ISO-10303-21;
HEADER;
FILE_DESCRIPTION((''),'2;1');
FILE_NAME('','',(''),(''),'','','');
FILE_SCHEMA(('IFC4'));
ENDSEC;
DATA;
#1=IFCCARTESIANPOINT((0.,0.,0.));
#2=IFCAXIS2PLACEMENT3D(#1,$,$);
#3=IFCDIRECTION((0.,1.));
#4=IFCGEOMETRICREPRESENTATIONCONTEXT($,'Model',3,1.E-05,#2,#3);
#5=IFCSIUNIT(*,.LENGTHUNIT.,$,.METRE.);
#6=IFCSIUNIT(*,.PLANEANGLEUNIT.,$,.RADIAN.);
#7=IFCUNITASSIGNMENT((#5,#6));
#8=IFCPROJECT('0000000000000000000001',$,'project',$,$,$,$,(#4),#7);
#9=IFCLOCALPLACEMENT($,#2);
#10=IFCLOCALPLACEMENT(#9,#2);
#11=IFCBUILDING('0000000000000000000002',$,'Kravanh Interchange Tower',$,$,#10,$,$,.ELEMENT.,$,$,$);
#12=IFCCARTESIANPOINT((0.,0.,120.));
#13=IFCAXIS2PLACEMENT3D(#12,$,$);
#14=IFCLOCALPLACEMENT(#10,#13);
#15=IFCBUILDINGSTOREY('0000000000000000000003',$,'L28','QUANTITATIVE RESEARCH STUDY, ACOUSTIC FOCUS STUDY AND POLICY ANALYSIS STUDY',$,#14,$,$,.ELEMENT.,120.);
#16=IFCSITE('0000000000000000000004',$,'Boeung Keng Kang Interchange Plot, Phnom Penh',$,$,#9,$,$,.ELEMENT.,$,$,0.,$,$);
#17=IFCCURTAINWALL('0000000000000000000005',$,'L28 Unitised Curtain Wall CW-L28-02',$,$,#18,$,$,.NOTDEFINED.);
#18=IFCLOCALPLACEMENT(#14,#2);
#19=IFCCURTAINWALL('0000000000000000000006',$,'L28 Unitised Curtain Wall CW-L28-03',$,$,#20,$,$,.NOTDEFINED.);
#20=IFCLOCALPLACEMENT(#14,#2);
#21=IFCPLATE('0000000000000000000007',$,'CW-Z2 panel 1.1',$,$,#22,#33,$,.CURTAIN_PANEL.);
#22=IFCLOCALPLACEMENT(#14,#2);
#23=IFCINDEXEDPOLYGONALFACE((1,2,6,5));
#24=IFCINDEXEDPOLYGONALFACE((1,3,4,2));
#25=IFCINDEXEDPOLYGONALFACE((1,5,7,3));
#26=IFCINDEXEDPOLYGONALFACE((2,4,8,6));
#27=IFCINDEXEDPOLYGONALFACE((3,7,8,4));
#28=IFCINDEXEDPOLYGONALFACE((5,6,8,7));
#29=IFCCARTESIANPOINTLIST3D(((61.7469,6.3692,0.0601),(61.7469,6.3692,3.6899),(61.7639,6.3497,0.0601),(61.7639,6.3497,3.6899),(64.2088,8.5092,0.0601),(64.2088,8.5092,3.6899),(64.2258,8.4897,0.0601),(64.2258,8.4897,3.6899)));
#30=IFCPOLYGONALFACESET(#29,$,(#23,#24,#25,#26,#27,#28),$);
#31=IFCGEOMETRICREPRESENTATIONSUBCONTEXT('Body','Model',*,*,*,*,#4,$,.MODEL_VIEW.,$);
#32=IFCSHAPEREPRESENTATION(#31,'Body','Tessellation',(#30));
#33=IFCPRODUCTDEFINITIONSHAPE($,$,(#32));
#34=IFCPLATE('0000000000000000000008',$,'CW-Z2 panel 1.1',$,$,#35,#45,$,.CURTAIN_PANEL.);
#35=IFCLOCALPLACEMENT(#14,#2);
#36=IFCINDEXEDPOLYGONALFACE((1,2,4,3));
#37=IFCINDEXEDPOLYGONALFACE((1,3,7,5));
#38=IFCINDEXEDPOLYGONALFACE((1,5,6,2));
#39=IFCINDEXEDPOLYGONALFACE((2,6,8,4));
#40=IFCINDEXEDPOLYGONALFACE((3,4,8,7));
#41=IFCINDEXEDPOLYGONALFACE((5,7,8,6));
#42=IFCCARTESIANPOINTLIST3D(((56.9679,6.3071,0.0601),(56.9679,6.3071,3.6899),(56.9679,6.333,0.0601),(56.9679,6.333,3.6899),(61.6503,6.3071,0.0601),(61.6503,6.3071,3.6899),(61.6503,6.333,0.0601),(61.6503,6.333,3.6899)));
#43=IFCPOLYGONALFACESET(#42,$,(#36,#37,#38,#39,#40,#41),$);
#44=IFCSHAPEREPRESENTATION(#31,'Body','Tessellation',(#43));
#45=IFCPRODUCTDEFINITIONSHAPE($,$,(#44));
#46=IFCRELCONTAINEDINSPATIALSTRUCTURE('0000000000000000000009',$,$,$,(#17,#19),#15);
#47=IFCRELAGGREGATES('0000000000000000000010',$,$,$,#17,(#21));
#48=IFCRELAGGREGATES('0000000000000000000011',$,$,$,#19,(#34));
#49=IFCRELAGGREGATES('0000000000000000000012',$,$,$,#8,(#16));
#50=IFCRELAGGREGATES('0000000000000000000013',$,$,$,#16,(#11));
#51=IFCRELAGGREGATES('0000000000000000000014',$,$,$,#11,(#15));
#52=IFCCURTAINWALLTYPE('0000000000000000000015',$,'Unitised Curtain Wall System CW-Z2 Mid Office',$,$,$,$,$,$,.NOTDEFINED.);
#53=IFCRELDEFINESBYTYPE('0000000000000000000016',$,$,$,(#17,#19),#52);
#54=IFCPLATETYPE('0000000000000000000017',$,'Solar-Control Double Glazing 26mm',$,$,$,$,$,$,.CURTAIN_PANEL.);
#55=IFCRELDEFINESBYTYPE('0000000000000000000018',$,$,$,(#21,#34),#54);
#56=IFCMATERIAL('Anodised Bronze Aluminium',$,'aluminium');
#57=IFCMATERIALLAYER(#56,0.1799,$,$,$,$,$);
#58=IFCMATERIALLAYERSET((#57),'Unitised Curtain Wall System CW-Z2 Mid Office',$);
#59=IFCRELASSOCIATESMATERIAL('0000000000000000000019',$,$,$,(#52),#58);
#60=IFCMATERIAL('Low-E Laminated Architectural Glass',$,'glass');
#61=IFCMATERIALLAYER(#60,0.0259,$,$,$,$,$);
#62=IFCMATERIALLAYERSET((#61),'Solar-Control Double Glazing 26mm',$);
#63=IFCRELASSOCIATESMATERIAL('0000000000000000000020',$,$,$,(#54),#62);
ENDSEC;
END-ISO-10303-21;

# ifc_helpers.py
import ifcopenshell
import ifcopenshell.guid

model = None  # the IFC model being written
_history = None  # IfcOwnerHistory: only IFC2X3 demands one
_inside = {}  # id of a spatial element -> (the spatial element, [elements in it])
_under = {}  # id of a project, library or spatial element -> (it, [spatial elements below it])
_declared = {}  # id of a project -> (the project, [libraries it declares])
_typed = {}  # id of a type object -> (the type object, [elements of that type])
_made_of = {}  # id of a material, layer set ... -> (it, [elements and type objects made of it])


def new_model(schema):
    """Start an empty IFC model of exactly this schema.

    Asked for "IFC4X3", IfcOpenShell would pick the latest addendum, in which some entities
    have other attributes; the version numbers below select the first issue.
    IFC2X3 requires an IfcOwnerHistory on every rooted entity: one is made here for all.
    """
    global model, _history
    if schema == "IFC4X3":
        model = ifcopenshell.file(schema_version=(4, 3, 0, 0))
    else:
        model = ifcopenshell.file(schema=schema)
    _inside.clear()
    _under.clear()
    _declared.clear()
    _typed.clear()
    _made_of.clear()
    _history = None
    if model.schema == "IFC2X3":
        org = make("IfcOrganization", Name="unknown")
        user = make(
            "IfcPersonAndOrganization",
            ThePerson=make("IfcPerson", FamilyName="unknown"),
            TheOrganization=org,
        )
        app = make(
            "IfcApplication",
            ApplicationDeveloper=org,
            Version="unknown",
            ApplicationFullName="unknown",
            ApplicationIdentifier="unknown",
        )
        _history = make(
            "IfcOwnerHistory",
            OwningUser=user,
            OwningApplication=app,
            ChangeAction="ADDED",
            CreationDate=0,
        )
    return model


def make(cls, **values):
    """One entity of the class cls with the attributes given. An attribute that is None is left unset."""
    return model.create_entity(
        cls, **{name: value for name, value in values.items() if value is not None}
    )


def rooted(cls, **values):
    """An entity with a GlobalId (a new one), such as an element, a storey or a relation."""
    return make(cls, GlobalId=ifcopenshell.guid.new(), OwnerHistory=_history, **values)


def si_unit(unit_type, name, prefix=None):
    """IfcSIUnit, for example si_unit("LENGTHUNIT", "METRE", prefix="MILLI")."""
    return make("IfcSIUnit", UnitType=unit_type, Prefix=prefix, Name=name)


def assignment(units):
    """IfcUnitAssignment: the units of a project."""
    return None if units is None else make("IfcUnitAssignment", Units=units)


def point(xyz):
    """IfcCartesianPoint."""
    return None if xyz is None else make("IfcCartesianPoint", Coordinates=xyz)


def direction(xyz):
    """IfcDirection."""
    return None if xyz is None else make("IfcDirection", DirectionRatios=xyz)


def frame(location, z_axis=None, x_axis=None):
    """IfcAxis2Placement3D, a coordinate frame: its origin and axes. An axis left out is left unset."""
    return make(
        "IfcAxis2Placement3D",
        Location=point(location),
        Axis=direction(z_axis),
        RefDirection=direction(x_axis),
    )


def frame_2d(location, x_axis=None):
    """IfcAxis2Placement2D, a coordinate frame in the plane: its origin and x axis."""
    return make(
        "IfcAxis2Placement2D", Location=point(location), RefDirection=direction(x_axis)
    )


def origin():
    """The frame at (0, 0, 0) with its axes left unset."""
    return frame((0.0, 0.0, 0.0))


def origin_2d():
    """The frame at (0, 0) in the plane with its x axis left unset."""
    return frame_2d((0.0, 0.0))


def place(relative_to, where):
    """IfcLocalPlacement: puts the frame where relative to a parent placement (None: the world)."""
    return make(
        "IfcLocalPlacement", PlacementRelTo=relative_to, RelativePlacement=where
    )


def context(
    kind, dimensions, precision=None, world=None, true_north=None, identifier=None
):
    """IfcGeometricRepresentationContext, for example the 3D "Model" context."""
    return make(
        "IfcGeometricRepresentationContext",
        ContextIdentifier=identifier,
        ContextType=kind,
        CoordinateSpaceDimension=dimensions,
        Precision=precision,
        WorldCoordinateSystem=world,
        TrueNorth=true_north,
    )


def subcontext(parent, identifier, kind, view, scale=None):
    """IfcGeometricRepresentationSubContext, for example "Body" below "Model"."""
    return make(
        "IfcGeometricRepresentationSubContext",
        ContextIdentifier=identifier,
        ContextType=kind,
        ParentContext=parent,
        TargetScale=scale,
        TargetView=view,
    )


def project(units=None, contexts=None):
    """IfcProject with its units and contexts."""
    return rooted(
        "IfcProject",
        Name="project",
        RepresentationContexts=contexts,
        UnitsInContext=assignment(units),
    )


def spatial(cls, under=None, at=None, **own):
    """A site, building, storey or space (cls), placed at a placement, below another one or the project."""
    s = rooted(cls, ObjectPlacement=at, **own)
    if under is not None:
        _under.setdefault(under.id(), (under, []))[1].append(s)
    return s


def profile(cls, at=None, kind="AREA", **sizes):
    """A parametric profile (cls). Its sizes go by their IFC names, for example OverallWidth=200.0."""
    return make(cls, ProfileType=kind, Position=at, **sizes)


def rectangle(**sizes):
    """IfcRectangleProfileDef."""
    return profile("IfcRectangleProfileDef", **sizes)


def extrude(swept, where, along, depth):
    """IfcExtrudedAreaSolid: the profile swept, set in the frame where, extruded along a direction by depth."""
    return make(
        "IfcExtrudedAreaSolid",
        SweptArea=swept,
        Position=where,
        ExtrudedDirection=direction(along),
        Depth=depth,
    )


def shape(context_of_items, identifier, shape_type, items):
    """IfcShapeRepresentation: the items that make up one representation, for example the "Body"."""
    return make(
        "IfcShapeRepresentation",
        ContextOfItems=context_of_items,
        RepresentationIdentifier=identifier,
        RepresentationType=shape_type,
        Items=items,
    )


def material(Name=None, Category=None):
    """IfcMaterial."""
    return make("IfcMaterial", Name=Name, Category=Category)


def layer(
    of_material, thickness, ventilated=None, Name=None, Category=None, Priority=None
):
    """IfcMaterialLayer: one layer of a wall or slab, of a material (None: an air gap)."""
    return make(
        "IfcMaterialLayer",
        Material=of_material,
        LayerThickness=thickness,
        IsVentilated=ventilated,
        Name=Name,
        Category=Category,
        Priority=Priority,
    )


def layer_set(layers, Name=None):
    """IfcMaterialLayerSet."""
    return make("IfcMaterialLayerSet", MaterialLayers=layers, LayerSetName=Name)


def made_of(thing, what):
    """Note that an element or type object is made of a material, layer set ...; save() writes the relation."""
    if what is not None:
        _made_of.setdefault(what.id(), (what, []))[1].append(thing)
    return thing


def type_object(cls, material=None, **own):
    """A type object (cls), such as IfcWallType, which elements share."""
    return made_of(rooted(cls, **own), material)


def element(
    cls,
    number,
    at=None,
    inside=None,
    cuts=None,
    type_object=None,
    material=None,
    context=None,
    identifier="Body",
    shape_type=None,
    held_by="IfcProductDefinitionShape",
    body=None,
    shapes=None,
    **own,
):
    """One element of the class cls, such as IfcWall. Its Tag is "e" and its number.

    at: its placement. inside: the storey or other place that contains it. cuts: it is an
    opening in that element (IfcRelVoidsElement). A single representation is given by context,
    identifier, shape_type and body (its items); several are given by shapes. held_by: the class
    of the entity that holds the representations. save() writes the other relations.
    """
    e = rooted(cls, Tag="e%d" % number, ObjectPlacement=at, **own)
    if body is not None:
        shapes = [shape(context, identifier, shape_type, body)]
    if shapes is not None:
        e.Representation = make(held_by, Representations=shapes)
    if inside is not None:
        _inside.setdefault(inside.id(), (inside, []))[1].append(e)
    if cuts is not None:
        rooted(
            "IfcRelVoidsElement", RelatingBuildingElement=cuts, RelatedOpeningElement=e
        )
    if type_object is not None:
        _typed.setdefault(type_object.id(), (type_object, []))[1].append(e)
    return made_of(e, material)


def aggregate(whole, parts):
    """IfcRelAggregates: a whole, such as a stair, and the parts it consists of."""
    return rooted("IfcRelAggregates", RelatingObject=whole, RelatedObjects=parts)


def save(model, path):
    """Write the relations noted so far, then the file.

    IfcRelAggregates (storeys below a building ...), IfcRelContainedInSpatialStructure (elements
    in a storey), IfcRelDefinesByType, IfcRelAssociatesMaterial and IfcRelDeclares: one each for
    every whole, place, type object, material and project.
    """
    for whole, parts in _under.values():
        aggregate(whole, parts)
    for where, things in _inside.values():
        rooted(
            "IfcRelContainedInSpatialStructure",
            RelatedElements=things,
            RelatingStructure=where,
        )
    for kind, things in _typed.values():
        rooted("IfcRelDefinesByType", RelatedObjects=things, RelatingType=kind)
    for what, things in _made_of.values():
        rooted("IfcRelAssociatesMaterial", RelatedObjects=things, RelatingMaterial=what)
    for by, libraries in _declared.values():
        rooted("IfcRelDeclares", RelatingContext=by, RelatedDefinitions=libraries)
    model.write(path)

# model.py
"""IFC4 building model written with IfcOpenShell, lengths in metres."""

from ifc_helpers import new_model, si_unit, direction, frame, origin, origin_2d, place, context, subcontext, project, spatial, rectangle, extrude, material, layer, layer_set, type_object, element, aggregate, save


model = new_model("IFC4")

# Units and contexts
model_context = context("Model", 3, precision=1e-05, world=origin(), true_north=direction((0.0, 1.0)))
body_context = subcontext(model_context, "Body", "Model", "MODEL_VIEW")
ifc_project = project(units=[si_unit("LENGTHUNIT", "METRE"), si_unit("PLANEANGLEUNIT", "RADIAN")], contexts=[model_context])

# Site, building, storey
site_placement = place(None, origin())
site = spatial("IfcSite", under=ifc_project, at=site_placement, Name="Boeung Keng Kang Interchange Plot, Phnom Penh", CompositionType="ELEMENT", RefElevation=0.0)
building_placement = place(site_placement, origin())
building = spatial("IfcBuilding", under=site, at=building_placement, Name="Kravanh Interchange Tower", CompositionType="ELEMENT")
storey_placement = place(building_placement, frame((0.0, 0.0, 120.0)))
storey = spatial("IfcBuildingStorey", under=building, at=storey_placement, Name="L28", Description="QUANTITATIVE RESEARCH STUDY, ACOUSTIC FOCUS STUDY AND POLICY ANALYSIS STUDY", CompositionType="ELEMENT", Elevation=120.0)

# Curtain walls
ifc_material_1 = material(Name="Anodised Bronze Aluminium", Category="aluminium")
ifc_layer_1 = layer(ifc_material_1, 0.1799)
ifc_layer_set_1 = layer_set([ifc_layer_1], Name="Unitised Curtain Wall System CW-Z2 Mid Office")
curtain_wall_type = type_object("IfcCurtainWallType", Name="Unitised Curtain Wall System CW-Z2 Mid Office", PredefinedType="NOTDEFINED", material=ifc_layer_set_1)
curtain_wall_1_placement = place(storey_placement, origin())
curtain_wall_1 = element("IfcCurtainWall", 1, at=curtain_wall_1_placement, inside=storey, type_object=curtain_wall_type, Name="L28 Unitised Curtain Wall CW-L28-02", PredefinedType="NOTDEFINED")
curtain_wall_2_placement = place(storey_placement, origin())
curtain_wall_2 = element("IfcCurtainWall", 2, at=curtain_wall_2_placement, inside=storey, type_object=curtain_wall_type, Name="L28 Unitised Curtain Wall CW-L28-03", PredefinedType="NOTDEFINED")

# Plates
ifc_material_2 = material(Name="Low-E Laminated Architectural Glass", Category="glass")
ifc_layer_2 = layer(ifc_material_2, 0.0259)
ifc_layer_set_2 = layer_set([ifc_layer_2], Name="Solar-Control Double Glazing 26mm")
plate_type = type_object("IfcPlateType", Name="Solar-Control Double Glazing 26mm", PredefinedType="CURTAIN_PANEL", material=ifc_layer_set_2)
plate_1_placement = place(storey_placement, frame((62.9863, 7.4294, 0.0601), z_axis=(0.0, 0.0, 1.0), x_axis=(-0.754719, -0.656048, 0.0)))
plate_1 = element("IfcPlate", 3, at=plate_1_placement, type_object=plate_type, Name="CW-Z2 panel 1.1", PredefinedType="CURTAIN_PANEL", context=body_context, shape_type="SweptSolid", body=[
    extrude(rectangle(XDim=3.262, YDim=0.0259, at=origin_2d()), origin(), (0.0, 0.0, 1.0), 3.6299),
])
aggregate(curtain_wall_1, [plate_1])
plate_2_placement = place(storey_placement, frame((59.3091, 6.3201, 0.0601), z_axis=(0.0, 0.0, 1.0), x_axis=(-1.0, 0.0, 0.0)))
plate_2 = element("IfcPlate", 4, at=plate_2_placement, type_object=plate_type, Name="CW-Z2 panel 1.1", PredefinedType="CURTAIN_PANEL", context=body_context, shape_type="SweptSolid", body=[
    extrude(rectangle(XDim=4.6824, YDim=0.0259, at=origin_2d()), origin(), (0.0, 0.0, 1.0), 3.6299),
])
aggregate(curtain_wall_2, [plate_2])

save(model, "model.ifc")
